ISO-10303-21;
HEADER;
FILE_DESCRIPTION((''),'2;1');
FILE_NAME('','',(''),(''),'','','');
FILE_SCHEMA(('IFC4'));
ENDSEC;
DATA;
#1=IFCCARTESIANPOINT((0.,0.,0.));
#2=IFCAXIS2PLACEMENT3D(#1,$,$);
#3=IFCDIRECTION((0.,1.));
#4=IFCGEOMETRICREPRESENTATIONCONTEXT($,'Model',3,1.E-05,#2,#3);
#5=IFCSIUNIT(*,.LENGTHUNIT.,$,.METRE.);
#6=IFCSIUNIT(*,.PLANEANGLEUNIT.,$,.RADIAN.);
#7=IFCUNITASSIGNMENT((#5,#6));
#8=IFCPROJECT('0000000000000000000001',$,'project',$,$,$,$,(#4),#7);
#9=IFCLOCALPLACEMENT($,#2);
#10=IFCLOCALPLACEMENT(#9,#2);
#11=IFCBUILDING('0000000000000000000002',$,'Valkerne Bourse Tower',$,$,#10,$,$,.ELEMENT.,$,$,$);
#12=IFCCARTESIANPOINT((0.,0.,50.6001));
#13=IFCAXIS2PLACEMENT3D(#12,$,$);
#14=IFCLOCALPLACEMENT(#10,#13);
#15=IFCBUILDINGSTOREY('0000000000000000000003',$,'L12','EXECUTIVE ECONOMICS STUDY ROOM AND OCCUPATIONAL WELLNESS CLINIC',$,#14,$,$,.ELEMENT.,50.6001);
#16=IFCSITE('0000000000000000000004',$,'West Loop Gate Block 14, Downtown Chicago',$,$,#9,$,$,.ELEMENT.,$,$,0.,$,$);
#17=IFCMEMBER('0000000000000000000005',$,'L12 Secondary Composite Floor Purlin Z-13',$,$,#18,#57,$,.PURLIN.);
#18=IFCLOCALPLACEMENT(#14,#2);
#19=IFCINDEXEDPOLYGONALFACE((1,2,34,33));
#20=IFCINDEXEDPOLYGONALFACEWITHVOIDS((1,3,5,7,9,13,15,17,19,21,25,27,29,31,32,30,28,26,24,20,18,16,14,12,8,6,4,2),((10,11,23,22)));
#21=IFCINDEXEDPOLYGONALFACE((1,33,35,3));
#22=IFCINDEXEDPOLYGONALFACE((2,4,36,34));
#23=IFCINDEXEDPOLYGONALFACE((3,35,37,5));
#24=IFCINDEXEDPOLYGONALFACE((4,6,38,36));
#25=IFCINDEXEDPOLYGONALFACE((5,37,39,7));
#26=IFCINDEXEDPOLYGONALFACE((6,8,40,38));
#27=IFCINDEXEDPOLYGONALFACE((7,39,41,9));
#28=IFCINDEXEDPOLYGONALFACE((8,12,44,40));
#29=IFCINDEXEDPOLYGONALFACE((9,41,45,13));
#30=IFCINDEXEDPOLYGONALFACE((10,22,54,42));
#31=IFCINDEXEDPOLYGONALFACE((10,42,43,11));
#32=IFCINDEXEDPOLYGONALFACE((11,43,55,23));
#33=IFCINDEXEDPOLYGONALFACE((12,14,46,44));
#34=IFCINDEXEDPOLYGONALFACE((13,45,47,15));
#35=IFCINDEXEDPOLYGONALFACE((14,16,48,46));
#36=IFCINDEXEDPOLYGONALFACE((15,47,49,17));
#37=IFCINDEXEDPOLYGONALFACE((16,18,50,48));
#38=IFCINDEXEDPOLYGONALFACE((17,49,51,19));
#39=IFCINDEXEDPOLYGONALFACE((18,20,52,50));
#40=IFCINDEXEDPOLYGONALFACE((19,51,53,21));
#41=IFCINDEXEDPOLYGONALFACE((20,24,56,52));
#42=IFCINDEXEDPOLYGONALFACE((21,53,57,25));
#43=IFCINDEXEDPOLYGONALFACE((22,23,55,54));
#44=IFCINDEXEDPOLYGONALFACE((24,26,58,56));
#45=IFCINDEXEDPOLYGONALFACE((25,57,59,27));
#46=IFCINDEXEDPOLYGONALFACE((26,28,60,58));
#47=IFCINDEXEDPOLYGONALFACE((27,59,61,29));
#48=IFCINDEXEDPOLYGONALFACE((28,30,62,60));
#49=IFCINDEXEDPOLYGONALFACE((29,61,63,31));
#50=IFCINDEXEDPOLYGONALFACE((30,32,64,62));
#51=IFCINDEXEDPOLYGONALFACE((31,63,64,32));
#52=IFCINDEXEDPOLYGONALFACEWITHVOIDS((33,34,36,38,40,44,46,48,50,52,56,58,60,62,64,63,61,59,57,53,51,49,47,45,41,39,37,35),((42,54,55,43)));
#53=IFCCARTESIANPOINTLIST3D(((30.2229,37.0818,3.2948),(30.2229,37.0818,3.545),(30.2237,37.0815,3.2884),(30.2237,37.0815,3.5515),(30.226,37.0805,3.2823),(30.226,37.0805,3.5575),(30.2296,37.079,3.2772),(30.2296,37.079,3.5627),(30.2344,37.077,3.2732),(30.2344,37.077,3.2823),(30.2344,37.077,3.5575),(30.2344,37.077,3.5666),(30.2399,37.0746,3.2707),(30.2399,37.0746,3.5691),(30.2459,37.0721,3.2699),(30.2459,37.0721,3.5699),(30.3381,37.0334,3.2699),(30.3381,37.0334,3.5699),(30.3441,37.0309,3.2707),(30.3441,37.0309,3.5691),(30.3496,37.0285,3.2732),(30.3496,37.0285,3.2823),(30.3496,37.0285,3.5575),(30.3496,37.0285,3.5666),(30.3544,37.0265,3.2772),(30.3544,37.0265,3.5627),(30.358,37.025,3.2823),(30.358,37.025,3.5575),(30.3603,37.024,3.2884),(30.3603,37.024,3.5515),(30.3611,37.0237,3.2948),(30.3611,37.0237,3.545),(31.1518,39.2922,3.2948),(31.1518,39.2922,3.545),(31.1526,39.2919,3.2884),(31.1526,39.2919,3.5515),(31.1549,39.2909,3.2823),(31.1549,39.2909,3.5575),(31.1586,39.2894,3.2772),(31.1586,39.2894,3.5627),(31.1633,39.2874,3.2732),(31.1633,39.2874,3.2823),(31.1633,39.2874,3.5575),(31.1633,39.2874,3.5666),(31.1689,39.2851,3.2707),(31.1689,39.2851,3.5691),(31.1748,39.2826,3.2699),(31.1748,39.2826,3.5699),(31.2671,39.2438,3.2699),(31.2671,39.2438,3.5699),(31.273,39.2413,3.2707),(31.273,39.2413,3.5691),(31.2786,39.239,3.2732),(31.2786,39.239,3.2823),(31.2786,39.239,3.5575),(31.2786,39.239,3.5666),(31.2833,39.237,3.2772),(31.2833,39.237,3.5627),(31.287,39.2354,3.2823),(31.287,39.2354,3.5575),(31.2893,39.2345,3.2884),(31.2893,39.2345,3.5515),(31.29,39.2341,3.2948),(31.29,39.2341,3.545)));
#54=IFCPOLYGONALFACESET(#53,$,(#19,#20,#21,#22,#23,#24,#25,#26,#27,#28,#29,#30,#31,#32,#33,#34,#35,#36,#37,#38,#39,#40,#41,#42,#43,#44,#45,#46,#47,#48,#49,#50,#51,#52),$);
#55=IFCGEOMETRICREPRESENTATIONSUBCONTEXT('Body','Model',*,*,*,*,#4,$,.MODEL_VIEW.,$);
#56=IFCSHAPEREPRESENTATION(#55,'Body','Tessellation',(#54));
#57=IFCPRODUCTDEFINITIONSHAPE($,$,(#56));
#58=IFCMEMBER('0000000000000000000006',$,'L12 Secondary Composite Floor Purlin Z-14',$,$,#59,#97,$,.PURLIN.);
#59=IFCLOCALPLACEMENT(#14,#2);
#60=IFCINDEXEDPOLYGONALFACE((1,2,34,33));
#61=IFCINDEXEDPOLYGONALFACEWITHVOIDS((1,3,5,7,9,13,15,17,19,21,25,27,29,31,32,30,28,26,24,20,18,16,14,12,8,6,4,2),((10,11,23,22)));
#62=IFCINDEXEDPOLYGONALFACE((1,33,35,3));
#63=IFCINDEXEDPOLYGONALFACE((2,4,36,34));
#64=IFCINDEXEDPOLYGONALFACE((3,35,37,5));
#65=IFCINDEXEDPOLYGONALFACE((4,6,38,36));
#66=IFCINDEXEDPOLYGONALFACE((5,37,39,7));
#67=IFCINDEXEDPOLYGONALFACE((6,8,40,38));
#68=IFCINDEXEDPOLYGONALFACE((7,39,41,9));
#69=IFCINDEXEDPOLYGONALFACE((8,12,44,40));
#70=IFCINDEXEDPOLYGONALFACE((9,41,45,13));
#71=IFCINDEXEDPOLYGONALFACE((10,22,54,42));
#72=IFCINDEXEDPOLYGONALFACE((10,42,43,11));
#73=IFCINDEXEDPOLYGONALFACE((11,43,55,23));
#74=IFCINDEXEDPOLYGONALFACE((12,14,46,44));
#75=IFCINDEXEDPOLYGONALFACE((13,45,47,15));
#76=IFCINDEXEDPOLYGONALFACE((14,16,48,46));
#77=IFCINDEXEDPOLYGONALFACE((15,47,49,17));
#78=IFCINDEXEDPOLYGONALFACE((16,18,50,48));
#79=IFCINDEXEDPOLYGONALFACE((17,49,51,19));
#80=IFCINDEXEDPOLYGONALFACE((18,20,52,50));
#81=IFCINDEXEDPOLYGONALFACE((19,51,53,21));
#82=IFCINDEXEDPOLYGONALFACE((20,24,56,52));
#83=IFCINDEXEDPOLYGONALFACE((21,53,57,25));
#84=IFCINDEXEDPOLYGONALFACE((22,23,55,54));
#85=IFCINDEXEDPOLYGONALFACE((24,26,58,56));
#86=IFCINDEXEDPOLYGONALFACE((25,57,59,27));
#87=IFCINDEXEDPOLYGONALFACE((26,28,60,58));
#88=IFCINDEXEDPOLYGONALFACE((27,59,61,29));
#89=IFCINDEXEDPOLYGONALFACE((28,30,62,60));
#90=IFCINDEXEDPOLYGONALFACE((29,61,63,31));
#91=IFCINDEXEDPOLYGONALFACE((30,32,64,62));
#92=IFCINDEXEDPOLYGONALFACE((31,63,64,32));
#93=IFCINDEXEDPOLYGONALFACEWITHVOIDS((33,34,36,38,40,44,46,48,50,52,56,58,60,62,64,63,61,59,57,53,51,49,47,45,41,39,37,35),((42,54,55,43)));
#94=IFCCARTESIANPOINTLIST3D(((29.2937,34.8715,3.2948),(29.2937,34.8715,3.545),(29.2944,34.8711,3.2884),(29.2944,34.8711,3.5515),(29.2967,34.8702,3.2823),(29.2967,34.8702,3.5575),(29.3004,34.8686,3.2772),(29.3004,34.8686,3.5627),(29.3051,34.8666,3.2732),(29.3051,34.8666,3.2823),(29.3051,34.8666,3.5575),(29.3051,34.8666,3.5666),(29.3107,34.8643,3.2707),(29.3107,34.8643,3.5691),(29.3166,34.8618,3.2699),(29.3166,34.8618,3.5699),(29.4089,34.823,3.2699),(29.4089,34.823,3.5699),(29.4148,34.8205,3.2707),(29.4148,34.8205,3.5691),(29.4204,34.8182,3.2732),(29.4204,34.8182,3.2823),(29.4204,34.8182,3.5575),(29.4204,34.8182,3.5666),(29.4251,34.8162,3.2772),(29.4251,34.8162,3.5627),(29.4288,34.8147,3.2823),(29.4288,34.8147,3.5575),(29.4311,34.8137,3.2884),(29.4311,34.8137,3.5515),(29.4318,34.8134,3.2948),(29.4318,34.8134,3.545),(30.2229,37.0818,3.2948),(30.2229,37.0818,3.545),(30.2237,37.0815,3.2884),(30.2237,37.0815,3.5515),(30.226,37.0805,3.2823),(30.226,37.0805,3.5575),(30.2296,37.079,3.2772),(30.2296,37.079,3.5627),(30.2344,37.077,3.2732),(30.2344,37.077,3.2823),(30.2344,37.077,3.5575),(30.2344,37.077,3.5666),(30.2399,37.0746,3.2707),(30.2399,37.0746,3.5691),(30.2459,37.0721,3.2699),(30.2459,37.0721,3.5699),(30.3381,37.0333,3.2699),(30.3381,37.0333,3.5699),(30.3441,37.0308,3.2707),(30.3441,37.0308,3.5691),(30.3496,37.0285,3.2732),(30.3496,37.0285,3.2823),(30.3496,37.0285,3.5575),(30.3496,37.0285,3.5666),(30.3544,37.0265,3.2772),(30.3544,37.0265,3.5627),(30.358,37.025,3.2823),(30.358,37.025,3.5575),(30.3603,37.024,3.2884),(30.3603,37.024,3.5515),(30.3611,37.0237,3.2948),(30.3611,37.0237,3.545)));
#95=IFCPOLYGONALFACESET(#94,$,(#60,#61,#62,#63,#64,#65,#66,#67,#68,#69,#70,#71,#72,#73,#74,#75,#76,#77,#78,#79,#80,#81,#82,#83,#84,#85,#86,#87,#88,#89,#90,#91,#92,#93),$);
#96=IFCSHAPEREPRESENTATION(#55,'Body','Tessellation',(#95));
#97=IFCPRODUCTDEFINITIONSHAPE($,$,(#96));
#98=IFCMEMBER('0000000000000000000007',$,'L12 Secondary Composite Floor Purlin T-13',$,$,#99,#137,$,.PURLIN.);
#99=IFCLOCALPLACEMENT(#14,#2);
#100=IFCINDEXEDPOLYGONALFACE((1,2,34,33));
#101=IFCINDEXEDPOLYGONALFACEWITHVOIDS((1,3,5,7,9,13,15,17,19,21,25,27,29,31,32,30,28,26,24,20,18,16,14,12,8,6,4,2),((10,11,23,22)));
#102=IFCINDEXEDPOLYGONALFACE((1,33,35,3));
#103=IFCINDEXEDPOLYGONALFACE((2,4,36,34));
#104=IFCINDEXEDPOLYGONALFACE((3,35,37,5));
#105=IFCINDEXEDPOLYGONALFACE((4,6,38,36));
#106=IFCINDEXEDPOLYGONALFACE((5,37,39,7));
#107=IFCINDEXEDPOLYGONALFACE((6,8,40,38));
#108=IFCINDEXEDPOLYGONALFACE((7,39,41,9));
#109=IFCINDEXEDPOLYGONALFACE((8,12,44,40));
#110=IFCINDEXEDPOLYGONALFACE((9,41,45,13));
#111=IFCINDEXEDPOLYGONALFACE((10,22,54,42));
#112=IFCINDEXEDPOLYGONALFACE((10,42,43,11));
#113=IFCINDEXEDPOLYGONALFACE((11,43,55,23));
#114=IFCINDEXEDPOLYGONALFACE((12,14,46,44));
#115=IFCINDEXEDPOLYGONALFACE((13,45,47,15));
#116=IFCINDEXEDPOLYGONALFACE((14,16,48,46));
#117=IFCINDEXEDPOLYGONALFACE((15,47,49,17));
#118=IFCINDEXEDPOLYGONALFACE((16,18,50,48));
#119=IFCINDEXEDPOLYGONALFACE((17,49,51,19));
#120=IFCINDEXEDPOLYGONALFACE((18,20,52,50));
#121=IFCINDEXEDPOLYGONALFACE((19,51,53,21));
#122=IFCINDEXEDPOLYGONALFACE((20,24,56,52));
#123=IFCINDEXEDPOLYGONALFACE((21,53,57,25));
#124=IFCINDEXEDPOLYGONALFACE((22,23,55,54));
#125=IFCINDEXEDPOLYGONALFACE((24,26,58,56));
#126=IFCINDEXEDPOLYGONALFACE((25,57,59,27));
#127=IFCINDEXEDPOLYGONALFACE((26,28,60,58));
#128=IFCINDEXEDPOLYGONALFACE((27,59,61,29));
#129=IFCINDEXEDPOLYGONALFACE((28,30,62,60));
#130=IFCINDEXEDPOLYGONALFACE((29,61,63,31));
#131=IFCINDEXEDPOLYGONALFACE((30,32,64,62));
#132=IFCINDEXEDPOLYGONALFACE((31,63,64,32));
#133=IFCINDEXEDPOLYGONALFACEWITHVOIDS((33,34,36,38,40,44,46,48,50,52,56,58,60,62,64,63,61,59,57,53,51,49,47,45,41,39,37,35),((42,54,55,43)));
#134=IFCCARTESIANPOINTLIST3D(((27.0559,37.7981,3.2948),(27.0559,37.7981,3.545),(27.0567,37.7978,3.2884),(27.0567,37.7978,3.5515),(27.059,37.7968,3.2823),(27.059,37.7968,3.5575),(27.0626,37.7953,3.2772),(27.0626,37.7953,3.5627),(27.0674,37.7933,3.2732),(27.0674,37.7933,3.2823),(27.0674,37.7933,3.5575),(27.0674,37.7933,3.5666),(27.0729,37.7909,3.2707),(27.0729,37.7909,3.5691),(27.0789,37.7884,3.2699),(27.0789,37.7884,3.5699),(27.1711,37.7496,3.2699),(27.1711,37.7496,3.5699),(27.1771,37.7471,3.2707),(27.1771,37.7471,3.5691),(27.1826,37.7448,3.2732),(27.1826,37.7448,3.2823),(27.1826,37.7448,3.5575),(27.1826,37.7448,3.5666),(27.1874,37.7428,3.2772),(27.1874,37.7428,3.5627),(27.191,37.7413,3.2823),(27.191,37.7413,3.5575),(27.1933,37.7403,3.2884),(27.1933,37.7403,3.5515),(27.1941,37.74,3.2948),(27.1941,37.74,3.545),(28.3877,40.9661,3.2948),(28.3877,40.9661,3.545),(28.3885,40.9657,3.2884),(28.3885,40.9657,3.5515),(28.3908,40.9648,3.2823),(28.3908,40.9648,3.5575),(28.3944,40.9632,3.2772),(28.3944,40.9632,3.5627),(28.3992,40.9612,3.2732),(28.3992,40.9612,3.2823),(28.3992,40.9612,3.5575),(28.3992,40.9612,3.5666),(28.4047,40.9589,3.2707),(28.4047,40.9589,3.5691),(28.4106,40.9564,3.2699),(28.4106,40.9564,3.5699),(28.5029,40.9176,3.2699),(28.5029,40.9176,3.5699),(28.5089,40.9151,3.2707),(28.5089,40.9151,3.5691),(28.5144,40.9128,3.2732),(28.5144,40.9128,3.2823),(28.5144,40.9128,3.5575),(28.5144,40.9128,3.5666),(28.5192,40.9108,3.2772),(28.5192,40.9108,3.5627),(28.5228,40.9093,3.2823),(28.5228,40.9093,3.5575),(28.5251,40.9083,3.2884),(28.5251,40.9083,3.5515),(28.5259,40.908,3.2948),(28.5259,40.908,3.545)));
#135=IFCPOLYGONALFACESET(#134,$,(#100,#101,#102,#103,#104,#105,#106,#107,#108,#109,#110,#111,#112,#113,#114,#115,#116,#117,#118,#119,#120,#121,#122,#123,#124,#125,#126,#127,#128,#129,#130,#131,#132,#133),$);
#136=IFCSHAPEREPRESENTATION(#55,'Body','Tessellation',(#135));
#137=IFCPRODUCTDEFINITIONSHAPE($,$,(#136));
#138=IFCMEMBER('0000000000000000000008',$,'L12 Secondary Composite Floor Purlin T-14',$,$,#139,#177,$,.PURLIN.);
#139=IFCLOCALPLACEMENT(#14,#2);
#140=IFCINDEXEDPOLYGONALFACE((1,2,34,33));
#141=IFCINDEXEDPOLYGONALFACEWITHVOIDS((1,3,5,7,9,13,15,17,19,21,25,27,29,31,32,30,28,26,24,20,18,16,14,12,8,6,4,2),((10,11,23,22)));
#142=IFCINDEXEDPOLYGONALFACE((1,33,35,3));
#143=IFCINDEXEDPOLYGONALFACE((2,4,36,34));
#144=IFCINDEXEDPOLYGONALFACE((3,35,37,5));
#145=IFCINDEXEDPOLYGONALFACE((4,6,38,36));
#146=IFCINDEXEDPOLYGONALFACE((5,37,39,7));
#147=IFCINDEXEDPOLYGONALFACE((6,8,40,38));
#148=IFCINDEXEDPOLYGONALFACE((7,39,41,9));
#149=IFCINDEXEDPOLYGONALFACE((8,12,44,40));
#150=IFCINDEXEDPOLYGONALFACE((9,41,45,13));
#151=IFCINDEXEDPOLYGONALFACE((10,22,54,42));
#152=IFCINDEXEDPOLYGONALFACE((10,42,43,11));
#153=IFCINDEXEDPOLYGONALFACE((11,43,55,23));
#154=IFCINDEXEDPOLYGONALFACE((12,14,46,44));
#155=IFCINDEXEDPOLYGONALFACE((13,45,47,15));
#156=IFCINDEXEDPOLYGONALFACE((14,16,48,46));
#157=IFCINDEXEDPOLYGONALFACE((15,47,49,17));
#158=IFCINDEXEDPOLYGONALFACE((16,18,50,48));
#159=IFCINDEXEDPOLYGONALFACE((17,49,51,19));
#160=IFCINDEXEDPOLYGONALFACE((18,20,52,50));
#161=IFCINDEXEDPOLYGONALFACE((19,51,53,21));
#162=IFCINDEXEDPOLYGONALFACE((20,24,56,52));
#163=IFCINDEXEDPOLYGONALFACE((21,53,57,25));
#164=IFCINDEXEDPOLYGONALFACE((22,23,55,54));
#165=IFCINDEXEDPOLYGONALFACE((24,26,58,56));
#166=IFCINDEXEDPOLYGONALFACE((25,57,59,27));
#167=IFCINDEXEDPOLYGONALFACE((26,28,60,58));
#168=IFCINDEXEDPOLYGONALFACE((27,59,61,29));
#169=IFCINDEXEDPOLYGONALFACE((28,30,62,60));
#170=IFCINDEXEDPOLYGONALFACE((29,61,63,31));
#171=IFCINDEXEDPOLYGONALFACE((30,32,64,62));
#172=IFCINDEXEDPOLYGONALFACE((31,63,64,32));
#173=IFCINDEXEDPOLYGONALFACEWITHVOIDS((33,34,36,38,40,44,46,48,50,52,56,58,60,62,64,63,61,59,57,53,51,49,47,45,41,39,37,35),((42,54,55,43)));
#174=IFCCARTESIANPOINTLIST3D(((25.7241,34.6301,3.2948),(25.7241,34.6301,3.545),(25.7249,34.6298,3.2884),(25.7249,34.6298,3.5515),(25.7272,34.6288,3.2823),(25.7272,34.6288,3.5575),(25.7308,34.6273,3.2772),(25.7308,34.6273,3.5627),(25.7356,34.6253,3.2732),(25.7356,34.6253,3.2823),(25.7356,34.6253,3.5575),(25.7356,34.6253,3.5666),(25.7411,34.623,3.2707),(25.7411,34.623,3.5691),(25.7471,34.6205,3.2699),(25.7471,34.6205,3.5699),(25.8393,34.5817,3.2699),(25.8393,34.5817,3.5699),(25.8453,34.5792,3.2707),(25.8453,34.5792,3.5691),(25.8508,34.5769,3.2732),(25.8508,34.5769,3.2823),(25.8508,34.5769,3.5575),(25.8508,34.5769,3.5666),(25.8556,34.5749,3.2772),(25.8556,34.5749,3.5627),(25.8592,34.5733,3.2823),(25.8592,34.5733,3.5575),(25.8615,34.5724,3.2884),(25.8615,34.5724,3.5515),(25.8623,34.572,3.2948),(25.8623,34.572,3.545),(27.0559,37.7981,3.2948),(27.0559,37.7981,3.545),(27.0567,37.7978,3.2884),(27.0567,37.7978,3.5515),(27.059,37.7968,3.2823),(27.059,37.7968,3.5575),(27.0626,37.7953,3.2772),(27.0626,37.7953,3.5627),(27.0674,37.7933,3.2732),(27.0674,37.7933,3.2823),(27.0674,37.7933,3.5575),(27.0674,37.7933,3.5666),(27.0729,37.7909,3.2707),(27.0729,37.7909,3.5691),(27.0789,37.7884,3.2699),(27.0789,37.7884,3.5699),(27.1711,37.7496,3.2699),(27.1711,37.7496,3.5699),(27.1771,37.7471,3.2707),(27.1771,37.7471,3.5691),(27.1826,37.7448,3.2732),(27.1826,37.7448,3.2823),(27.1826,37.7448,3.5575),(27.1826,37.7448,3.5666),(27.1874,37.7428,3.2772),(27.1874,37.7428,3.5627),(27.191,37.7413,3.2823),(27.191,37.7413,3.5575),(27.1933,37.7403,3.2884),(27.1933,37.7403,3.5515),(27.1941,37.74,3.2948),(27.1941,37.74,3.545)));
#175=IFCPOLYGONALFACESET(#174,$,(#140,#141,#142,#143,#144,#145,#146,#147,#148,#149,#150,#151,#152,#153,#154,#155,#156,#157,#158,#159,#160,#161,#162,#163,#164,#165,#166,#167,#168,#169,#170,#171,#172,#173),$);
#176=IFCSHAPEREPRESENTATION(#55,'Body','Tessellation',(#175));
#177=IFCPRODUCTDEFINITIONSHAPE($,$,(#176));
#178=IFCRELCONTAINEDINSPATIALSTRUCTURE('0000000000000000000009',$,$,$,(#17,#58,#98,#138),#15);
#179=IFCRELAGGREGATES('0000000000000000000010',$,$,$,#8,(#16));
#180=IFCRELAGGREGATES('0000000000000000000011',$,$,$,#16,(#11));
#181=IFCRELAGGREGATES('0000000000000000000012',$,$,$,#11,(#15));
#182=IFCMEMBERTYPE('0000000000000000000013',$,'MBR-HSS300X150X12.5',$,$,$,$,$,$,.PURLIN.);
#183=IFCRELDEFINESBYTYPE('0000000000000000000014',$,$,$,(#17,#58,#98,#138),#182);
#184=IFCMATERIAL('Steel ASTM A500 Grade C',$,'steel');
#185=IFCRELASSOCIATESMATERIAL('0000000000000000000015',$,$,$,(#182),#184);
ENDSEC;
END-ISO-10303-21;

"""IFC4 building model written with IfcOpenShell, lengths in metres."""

from ifc_helpers import new_model, si_unit, direction, frame, origin, origin_2d, place, context, subcontext, project, spatial, hollow_rectangle, extrude, material, material_profile, profile_set, type_object, element, save


model = new_model("IFC4")

# Units and contexts
model_context = context("Model", 3, precision=1e-05, world=origin(), true_north=direction((0.0, 1.0)))
body_context = subcontext(model_context, "Body", "Model", "MODEL_VIEW")
ifc_project = project(units=[si_unit("LENGTHUNIT", "METRE"), si_unit("PLANEANGLEUNIT", "RADIAN")], contexts=[model_context])

# Site, building, storey
site_placement = place(None, origin())
site = spatial("IfcSite", under=ifc_project, at=site_placement, Name="West Loop Gate Block 14, Downtown Chicago", CompositionType="ELEMENT", RefElevation=0.0)
building_placement = place(site_placement, origin())
building = spatial("IfcBuilding", under=site, at=building_placement, Name="Valkerne Bourse Tower", CompositionType="ELEMENT")
storey_placement = place(building_placement, frame((0.0, 0.0, 50.6001)))
storey = spatial("IfcBuildingStorey", under=building, at=storey_placement, Name="L12", Description="EXECUTIVE ECONOMICS STUDY ROOM AND OCCUPATIONAL WELLNESS CLINIC", CompositionType="ELEMENT", Elevation=50.6001)

# Members
ifc_material_1 = material(Name="Steel ASTM A500 Grade C", Category="steel")
ifc_material_profile_1 = material_profile(ifc_material_1, hollow_rectangle(XDim=0.1499, YDim=0.3, WallThickness=0.0125, OuterFilletRadius=0.0249, at=origin_2d()), Name="HSS300X150X12.5")
ifc_profile_set_1 = profile_set([ifc_material_profile_1], Name="Steel ASTM A500 Grade C")
member_type_1 = type_object("IfcMemberType", Name="MBR-HSS300X150X12.5", PredefinedType="PURLIN", material=ifc_profile_set_1)
for number, where, z_axis, x_axis, name in (
    (1, (31.2209, 39.2632, 3.4199), (-0.387433, -0.921898, 0.0), (0.921898, -0.387433, 0.0), "L12 Secondary Composite Floor Purlin Z-13"),
    (2, (30.292, 37.0527, 3.4199), (-0.387556, -0.921846, 0.0), (0.921846, -0.387556, 0.0), "L12 Secondary Composite Floor Purlin Z-14"),
):
    element("IfcMember", number, at=place(storey_placement, frame(where, z_axis=z_axis, x_axis=x_axis)), inside=storey, type_object=member_type_1, Name=name, PredefinedType="PURLIN", context=body_context, shape_type="SweptSolid", body=[
        extrude(hollow_rectangle(XDim=0.1499, YDim=0.3, WallThickness=0.0125, OuterFilletRadius=0.0249, at=origin_2d()), origin(), (0.0, 0.0, 1.0), 2.3977),
    ])
for number, where, z_axis, x_axis, name in (
    (3, (28.4568, 40.937, 3.4199), (-0.387539, -0.921853, 0.0), (0.921853, -0.387539, 0.0), "L12 Secondary Composite Floor Purlin T-13"),
    (4, (27.125, 37.769, 3.4199), (-0.387539, -0.921853, 0.0), (0.921853, -0.387539, 0.0), "L12 Secondary Composite Floor Purlin T-14"),
):
    element("IfcMember", number, at=place(storey_placement, frame(where, z_axis=z_axis, x_axis=x_axis)), inside=storey, type_object=member_type_1, Name=name, PredefinedType="PURLIN", context=body_context, shape_type="SweptSolid", body=[
        extrude(hollow_rectangle(XDim=0.1499, YDim=0.3, WallThickness=0.0125, OuterFilletRadius=0.0249, at=origin_2d()), origin(), (0.0, 0.0, 1.0), 3.4365),
    ])

save(model, "model.ifc")
